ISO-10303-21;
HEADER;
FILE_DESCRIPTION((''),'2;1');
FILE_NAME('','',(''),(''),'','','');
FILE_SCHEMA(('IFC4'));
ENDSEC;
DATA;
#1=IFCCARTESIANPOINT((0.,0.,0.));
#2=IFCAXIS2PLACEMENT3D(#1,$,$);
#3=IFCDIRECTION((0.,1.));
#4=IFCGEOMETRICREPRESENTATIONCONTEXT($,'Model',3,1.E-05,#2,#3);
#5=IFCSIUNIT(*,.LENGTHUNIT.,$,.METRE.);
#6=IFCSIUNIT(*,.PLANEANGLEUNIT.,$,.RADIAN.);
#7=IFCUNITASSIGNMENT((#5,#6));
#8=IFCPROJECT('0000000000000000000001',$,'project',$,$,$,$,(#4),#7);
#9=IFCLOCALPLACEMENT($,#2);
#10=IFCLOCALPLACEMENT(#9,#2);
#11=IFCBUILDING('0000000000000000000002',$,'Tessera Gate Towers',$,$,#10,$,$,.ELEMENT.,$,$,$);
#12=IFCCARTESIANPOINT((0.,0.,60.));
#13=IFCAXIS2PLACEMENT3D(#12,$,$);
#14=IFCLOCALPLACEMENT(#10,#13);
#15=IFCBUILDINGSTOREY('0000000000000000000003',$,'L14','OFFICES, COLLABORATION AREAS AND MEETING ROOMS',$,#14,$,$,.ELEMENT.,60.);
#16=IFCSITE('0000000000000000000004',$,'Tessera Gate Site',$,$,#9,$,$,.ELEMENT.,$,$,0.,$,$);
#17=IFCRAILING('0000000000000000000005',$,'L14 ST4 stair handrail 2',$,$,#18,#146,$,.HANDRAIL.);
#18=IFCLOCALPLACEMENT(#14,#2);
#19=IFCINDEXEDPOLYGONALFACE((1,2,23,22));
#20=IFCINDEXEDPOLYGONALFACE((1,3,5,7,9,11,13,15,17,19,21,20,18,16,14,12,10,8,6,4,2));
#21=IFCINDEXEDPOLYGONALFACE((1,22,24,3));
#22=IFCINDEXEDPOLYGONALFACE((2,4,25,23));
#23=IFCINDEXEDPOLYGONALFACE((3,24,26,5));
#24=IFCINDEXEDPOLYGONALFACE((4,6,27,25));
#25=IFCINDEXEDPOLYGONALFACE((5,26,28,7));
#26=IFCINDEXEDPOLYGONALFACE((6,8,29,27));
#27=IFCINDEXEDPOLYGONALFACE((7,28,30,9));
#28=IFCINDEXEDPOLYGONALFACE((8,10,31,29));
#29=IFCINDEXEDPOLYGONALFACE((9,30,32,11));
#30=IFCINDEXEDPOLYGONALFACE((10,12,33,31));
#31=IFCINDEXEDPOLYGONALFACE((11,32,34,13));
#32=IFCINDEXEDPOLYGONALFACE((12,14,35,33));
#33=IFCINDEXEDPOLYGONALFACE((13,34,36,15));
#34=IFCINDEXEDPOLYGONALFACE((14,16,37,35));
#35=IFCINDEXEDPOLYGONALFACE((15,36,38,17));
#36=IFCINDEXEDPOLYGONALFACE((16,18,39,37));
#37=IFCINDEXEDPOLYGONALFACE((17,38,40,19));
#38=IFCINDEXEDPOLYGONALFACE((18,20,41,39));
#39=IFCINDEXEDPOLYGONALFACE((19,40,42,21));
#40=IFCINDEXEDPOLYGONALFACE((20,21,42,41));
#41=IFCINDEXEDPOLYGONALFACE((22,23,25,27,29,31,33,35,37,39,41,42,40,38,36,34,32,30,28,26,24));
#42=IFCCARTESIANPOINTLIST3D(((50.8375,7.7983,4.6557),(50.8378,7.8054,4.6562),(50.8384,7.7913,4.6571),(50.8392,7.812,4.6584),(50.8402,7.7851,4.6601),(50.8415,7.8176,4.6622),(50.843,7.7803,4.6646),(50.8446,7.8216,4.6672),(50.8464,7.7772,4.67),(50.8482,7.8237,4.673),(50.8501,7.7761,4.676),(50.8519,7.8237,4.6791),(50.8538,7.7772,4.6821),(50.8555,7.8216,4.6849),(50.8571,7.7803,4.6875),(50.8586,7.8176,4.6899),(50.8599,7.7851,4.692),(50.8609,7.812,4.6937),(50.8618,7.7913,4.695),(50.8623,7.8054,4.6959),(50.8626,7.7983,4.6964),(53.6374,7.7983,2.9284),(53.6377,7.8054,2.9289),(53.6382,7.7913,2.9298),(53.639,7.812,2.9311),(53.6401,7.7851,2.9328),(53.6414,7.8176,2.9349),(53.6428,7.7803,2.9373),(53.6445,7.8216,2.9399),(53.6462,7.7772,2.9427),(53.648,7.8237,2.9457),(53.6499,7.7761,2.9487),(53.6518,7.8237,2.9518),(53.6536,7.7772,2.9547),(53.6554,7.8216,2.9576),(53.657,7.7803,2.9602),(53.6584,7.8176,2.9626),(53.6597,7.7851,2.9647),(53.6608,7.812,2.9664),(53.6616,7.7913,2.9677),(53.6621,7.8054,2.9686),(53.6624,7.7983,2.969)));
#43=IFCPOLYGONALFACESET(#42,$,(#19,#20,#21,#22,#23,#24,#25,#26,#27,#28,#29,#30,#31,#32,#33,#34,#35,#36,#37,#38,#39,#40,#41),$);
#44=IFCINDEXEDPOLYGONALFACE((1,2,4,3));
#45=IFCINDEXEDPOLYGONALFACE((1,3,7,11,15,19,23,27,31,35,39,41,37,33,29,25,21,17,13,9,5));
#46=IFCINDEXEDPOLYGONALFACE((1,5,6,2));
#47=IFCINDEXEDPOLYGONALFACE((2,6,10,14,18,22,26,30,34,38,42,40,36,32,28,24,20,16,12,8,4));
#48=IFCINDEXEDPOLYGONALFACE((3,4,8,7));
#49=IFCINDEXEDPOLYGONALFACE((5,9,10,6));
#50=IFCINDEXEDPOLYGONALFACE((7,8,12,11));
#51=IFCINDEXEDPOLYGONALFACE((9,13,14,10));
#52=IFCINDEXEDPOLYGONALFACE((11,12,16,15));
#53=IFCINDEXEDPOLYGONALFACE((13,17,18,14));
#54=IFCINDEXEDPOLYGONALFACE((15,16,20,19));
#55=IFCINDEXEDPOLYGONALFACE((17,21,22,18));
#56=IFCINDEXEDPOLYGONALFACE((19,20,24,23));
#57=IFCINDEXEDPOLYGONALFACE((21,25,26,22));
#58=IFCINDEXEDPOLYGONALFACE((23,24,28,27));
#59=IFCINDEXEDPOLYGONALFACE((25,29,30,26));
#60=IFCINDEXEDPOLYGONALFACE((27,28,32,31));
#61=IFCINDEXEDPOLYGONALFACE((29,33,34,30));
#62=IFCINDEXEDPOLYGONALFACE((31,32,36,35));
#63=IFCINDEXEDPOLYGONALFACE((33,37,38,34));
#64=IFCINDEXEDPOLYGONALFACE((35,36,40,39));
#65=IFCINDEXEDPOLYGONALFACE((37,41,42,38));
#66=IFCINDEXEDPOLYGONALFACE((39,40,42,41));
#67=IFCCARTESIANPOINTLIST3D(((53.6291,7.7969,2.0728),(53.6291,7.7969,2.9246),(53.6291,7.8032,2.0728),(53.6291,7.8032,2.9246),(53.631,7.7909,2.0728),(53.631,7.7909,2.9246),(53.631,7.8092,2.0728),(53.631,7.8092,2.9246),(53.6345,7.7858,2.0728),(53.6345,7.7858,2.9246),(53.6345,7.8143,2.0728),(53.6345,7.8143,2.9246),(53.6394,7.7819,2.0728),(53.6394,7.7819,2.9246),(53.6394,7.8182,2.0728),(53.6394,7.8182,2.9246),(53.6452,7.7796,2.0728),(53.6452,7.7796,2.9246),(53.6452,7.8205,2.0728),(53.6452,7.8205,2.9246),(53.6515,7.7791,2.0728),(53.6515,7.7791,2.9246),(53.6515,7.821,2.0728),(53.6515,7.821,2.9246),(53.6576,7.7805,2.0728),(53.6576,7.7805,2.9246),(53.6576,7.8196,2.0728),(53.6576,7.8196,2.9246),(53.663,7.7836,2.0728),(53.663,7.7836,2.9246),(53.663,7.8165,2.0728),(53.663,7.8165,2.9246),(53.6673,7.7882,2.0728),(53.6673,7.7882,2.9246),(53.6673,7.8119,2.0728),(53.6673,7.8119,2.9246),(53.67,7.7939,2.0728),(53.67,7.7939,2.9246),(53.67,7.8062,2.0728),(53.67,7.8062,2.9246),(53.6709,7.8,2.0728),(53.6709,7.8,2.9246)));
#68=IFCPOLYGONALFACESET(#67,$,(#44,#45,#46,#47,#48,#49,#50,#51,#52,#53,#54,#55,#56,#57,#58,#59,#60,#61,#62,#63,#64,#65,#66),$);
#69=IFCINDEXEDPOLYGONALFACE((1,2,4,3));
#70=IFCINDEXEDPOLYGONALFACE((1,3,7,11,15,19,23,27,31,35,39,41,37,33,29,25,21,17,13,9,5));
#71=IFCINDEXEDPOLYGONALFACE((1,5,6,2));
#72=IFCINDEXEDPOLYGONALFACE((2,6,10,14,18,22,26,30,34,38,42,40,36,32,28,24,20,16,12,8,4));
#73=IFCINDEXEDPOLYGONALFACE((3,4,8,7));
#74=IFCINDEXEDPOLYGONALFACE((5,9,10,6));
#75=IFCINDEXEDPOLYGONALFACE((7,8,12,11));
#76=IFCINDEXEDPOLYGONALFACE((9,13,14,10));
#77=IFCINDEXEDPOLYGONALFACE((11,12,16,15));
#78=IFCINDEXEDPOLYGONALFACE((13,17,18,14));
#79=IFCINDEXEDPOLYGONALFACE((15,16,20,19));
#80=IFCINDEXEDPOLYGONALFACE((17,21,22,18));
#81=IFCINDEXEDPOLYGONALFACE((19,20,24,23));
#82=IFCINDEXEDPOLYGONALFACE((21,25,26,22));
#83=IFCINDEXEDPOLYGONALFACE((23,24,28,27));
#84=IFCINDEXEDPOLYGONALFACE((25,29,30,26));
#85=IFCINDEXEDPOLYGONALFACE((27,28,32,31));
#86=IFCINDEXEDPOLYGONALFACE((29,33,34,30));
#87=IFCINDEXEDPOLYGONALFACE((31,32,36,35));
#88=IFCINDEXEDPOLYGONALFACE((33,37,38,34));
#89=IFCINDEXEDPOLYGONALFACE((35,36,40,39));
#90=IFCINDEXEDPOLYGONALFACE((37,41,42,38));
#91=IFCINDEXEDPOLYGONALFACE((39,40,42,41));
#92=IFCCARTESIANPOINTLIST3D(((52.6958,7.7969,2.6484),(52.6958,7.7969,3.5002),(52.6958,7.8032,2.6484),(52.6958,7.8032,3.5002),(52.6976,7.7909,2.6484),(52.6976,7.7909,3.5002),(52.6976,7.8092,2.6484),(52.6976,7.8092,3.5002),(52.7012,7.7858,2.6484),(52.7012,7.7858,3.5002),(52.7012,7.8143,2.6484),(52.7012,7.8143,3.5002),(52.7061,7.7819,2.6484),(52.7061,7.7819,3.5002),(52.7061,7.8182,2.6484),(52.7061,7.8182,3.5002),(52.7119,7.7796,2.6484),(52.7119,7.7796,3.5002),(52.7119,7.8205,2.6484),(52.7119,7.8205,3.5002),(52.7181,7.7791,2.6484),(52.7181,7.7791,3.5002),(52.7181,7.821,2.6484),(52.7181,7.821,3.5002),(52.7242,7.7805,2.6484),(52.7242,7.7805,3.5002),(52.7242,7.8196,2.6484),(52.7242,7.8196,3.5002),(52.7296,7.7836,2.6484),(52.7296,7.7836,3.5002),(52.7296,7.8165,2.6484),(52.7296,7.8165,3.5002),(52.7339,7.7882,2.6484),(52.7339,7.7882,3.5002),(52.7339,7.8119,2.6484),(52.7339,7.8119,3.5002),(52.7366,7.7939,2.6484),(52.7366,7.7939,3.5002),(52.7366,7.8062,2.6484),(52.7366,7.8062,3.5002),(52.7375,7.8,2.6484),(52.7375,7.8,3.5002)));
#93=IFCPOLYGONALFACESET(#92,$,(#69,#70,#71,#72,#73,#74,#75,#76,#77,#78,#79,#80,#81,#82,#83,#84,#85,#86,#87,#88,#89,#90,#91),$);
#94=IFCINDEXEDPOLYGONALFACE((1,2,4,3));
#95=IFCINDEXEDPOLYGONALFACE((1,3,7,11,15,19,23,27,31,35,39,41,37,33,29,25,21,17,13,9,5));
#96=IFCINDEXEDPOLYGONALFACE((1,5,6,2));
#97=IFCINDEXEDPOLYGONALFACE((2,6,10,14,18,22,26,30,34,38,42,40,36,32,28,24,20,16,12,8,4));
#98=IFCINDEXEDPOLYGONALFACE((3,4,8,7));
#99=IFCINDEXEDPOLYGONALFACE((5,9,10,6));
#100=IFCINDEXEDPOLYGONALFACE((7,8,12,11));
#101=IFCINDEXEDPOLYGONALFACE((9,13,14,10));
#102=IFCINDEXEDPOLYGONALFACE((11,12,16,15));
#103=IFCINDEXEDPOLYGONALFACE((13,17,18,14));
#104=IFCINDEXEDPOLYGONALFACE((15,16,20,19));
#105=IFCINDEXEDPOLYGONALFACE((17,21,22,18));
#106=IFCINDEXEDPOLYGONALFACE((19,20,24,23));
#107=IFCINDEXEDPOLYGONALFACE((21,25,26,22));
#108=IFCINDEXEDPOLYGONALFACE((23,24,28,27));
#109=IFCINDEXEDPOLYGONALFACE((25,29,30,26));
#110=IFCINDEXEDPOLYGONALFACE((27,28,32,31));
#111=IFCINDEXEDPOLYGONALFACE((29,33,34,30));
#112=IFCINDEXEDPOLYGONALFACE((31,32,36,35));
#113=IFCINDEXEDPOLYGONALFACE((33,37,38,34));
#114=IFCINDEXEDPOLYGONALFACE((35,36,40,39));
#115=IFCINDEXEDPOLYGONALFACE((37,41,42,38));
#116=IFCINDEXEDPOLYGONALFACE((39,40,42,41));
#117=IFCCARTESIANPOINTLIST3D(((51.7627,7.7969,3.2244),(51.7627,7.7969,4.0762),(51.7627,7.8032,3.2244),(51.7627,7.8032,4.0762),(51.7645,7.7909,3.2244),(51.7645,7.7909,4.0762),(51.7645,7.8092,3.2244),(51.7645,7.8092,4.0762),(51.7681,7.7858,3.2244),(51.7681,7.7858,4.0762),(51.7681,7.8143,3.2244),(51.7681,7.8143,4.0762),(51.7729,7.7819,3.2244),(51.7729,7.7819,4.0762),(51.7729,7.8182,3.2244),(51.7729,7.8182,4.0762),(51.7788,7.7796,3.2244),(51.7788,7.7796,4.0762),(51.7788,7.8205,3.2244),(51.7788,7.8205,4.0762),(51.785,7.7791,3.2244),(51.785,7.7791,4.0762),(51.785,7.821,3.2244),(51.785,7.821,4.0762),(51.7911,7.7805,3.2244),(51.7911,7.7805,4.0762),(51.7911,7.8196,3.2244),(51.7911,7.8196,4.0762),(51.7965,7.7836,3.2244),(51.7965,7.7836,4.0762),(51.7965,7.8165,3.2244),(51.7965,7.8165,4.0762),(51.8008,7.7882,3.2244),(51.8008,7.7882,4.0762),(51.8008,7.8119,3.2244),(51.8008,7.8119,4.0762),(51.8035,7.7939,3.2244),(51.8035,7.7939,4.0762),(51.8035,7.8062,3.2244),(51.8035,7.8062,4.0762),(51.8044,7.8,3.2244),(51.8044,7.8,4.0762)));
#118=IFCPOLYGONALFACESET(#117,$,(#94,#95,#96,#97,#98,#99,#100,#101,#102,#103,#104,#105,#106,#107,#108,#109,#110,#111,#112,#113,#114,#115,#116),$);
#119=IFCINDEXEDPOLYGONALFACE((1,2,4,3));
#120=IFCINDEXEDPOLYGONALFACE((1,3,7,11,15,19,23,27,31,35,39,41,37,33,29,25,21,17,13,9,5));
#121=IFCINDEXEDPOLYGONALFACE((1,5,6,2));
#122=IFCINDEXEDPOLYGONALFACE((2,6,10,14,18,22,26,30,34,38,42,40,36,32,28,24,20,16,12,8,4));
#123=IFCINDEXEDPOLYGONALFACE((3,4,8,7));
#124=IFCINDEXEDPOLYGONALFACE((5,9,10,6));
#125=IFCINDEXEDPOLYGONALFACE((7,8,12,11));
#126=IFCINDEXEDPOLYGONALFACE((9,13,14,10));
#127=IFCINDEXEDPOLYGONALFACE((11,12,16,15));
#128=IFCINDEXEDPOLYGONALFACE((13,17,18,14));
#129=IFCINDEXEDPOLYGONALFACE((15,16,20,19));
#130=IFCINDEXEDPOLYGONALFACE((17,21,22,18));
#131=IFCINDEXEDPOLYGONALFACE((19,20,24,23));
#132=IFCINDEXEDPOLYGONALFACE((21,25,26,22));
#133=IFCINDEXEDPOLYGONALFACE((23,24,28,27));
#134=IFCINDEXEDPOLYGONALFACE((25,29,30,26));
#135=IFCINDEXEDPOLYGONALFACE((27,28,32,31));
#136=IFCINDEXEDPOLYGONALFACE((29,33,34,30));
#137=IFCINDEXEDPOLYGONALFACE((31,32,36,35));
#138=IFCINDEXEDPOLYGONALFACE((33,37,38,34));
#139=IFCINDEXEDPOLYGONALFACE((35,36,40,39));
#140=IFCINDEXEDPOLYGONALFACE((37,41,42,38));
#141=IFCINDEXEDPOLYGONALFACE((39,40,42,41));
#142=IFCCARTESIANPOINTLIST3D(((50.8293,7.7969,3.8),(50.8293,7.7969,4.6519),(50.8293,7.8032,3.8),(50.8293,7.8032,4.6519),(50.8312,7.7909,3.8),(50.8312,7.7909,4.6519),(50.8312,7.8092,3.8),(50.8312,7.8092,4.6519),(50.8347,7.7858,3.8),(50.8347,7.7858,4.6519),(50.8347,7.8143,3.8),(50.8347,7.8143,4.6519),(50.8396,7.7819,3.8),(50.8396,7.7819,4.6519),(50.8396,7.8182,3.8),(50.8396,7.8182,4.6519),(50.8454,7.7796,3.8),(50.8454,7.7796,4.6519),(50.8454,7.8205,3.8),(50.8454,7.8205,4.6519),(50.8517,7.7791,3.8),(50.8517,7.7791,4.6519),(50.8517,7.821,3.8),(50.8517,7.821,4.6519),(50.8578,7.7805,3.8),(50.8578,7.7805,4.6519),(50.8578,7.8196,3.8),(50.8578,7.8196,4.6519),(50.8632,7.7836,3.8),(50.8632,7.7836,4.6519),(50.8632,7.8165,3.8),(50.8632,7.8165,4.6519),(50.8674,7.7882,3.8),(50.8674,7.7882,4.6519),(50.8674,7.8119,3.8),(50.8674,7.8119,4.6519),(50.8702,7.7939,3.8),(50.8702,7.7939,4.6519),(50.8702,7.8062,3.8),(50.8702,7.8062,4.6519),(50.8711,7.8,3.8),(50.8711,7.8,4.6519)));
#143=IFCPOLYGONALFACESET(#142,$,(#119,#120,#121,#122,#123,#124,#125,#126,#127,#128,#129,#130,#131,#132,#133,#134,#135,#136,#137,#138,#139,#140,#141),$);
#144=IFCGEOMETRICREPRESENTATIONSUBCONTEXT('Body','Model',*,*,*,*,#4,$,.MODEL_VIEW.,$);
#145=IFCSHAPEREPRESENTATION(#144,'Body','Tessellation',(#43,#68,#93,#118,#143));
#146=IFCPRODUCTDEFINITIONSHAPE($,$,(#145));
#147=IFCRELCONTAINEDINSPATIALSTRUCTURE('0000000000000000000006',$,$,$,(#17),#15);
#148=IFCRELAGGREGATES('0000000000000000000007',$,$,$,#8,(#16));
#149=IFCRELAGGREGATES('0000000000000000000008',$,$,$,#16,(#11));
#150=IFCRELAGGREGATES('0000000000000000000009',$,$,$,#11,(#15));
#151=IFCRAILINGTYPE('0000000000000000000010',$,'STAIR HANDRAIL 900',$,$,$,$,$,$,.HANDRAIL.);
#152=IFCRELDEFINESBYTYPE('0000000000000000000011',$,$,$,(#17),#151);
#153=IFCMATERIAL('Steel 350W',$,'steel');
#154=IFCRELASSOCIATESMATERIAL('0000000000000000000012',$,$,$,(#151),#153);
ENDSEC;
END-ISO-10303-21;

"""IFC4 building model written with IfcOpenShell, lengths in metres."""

from ifc_helpers import new_model, si_unit, direction, frame, origin, origin_2d, place, context, subcontext, project, spatial, circle, extrude, material, type_object, element, save


model = new_model("IFC4")

# Units and contexts
model_context = context("Model", 3, precision=1e-05, world=origin(), true_north=direction((0.0, 1.0)))
body_context = subcontext(model_context, "Body", "Model", "MODEL_VIEW")
ifc_project = project(units=[si_unit("LENGTHUNIT", "METRE"), si_unit("PLANEANGLEUNIT", "RADIAN")], contexts=[model_context])

# Site, building, storey
site_placement = place(None, origin())
site = spatial("IfcSite", under=ifc_project, at=site_placement, Name="Tessera Gate Site", CompositionType="ELEMENT", RefElevation=0.0)
building_placement = place(site_placement, origin())
building = spatial("IfcBuilding", under=site, at=building_placement, Name="Tessera Gate Towers", CompositionType="ELEMENT")
storey_placement = place(building_placement, frame((0.0, 0.0, 60.0)))
storey = spatial("IfcBuildingStorey", under=building, at=storey_placement, Name="L14", Description="OFFICES, COLLABORATION AREAS AND MEETING ROOMS", CompositionType="ELEMENT", Elevation=60.0)

# Railing
ifc_material_1 = material(Name="Steel 350W", Category="steel")
railing_type_1 = type_object("IfcRailingType", Name="STAIR HANDRAIL 900", PredefinedType="HANDRAIL", material=ifc_material_1)
railing_1_placement = place(storey_placement, frame((53.6499, 7.8, 2.0728)))
element("IfcRailing", 1, at=railing_1_placement, inside=storey, type_object=railing_type_1, Name="L14 ST4 stair handrail 2", PredefinedType="HANDRAIL", context=body_context, shape_type="SweptSolid", body=[
    extrude(circle(Radius=0.0239, at=origin_2d()), frame((0.0, 0.0, 0.876), z_axis=(-0.851069, 0.0, 0.525054), x_axis=(0.0, -1.0, 0.0)), (0.0, 0.0, 1.0), 3.2898),
    extrude(circle(Radius=0.021, at=origin_2d()), origin(), (0.0, 0.0, 1.0), 0.8518),
    extrude(circle(Radius=0.021, at=origin_2d()), frame((-0.9333, 0.0, 0.5757)), (0.0, 0.0, 1.0), 0.8518),
    extrude(circle(Radius=0.021, at=origin_2d()), frame((-1.8665, 0.0, 1.1516)), (0.0, 0.0, 1.0), 0.8518),
    extrude(circle(Radius=0.021, at=origin_2d()), frame((-2.7998, 0.0, 1.7273)), (0.0, 0.0, 1.0), 0.8518),
])

save(model, "model.ifc")
